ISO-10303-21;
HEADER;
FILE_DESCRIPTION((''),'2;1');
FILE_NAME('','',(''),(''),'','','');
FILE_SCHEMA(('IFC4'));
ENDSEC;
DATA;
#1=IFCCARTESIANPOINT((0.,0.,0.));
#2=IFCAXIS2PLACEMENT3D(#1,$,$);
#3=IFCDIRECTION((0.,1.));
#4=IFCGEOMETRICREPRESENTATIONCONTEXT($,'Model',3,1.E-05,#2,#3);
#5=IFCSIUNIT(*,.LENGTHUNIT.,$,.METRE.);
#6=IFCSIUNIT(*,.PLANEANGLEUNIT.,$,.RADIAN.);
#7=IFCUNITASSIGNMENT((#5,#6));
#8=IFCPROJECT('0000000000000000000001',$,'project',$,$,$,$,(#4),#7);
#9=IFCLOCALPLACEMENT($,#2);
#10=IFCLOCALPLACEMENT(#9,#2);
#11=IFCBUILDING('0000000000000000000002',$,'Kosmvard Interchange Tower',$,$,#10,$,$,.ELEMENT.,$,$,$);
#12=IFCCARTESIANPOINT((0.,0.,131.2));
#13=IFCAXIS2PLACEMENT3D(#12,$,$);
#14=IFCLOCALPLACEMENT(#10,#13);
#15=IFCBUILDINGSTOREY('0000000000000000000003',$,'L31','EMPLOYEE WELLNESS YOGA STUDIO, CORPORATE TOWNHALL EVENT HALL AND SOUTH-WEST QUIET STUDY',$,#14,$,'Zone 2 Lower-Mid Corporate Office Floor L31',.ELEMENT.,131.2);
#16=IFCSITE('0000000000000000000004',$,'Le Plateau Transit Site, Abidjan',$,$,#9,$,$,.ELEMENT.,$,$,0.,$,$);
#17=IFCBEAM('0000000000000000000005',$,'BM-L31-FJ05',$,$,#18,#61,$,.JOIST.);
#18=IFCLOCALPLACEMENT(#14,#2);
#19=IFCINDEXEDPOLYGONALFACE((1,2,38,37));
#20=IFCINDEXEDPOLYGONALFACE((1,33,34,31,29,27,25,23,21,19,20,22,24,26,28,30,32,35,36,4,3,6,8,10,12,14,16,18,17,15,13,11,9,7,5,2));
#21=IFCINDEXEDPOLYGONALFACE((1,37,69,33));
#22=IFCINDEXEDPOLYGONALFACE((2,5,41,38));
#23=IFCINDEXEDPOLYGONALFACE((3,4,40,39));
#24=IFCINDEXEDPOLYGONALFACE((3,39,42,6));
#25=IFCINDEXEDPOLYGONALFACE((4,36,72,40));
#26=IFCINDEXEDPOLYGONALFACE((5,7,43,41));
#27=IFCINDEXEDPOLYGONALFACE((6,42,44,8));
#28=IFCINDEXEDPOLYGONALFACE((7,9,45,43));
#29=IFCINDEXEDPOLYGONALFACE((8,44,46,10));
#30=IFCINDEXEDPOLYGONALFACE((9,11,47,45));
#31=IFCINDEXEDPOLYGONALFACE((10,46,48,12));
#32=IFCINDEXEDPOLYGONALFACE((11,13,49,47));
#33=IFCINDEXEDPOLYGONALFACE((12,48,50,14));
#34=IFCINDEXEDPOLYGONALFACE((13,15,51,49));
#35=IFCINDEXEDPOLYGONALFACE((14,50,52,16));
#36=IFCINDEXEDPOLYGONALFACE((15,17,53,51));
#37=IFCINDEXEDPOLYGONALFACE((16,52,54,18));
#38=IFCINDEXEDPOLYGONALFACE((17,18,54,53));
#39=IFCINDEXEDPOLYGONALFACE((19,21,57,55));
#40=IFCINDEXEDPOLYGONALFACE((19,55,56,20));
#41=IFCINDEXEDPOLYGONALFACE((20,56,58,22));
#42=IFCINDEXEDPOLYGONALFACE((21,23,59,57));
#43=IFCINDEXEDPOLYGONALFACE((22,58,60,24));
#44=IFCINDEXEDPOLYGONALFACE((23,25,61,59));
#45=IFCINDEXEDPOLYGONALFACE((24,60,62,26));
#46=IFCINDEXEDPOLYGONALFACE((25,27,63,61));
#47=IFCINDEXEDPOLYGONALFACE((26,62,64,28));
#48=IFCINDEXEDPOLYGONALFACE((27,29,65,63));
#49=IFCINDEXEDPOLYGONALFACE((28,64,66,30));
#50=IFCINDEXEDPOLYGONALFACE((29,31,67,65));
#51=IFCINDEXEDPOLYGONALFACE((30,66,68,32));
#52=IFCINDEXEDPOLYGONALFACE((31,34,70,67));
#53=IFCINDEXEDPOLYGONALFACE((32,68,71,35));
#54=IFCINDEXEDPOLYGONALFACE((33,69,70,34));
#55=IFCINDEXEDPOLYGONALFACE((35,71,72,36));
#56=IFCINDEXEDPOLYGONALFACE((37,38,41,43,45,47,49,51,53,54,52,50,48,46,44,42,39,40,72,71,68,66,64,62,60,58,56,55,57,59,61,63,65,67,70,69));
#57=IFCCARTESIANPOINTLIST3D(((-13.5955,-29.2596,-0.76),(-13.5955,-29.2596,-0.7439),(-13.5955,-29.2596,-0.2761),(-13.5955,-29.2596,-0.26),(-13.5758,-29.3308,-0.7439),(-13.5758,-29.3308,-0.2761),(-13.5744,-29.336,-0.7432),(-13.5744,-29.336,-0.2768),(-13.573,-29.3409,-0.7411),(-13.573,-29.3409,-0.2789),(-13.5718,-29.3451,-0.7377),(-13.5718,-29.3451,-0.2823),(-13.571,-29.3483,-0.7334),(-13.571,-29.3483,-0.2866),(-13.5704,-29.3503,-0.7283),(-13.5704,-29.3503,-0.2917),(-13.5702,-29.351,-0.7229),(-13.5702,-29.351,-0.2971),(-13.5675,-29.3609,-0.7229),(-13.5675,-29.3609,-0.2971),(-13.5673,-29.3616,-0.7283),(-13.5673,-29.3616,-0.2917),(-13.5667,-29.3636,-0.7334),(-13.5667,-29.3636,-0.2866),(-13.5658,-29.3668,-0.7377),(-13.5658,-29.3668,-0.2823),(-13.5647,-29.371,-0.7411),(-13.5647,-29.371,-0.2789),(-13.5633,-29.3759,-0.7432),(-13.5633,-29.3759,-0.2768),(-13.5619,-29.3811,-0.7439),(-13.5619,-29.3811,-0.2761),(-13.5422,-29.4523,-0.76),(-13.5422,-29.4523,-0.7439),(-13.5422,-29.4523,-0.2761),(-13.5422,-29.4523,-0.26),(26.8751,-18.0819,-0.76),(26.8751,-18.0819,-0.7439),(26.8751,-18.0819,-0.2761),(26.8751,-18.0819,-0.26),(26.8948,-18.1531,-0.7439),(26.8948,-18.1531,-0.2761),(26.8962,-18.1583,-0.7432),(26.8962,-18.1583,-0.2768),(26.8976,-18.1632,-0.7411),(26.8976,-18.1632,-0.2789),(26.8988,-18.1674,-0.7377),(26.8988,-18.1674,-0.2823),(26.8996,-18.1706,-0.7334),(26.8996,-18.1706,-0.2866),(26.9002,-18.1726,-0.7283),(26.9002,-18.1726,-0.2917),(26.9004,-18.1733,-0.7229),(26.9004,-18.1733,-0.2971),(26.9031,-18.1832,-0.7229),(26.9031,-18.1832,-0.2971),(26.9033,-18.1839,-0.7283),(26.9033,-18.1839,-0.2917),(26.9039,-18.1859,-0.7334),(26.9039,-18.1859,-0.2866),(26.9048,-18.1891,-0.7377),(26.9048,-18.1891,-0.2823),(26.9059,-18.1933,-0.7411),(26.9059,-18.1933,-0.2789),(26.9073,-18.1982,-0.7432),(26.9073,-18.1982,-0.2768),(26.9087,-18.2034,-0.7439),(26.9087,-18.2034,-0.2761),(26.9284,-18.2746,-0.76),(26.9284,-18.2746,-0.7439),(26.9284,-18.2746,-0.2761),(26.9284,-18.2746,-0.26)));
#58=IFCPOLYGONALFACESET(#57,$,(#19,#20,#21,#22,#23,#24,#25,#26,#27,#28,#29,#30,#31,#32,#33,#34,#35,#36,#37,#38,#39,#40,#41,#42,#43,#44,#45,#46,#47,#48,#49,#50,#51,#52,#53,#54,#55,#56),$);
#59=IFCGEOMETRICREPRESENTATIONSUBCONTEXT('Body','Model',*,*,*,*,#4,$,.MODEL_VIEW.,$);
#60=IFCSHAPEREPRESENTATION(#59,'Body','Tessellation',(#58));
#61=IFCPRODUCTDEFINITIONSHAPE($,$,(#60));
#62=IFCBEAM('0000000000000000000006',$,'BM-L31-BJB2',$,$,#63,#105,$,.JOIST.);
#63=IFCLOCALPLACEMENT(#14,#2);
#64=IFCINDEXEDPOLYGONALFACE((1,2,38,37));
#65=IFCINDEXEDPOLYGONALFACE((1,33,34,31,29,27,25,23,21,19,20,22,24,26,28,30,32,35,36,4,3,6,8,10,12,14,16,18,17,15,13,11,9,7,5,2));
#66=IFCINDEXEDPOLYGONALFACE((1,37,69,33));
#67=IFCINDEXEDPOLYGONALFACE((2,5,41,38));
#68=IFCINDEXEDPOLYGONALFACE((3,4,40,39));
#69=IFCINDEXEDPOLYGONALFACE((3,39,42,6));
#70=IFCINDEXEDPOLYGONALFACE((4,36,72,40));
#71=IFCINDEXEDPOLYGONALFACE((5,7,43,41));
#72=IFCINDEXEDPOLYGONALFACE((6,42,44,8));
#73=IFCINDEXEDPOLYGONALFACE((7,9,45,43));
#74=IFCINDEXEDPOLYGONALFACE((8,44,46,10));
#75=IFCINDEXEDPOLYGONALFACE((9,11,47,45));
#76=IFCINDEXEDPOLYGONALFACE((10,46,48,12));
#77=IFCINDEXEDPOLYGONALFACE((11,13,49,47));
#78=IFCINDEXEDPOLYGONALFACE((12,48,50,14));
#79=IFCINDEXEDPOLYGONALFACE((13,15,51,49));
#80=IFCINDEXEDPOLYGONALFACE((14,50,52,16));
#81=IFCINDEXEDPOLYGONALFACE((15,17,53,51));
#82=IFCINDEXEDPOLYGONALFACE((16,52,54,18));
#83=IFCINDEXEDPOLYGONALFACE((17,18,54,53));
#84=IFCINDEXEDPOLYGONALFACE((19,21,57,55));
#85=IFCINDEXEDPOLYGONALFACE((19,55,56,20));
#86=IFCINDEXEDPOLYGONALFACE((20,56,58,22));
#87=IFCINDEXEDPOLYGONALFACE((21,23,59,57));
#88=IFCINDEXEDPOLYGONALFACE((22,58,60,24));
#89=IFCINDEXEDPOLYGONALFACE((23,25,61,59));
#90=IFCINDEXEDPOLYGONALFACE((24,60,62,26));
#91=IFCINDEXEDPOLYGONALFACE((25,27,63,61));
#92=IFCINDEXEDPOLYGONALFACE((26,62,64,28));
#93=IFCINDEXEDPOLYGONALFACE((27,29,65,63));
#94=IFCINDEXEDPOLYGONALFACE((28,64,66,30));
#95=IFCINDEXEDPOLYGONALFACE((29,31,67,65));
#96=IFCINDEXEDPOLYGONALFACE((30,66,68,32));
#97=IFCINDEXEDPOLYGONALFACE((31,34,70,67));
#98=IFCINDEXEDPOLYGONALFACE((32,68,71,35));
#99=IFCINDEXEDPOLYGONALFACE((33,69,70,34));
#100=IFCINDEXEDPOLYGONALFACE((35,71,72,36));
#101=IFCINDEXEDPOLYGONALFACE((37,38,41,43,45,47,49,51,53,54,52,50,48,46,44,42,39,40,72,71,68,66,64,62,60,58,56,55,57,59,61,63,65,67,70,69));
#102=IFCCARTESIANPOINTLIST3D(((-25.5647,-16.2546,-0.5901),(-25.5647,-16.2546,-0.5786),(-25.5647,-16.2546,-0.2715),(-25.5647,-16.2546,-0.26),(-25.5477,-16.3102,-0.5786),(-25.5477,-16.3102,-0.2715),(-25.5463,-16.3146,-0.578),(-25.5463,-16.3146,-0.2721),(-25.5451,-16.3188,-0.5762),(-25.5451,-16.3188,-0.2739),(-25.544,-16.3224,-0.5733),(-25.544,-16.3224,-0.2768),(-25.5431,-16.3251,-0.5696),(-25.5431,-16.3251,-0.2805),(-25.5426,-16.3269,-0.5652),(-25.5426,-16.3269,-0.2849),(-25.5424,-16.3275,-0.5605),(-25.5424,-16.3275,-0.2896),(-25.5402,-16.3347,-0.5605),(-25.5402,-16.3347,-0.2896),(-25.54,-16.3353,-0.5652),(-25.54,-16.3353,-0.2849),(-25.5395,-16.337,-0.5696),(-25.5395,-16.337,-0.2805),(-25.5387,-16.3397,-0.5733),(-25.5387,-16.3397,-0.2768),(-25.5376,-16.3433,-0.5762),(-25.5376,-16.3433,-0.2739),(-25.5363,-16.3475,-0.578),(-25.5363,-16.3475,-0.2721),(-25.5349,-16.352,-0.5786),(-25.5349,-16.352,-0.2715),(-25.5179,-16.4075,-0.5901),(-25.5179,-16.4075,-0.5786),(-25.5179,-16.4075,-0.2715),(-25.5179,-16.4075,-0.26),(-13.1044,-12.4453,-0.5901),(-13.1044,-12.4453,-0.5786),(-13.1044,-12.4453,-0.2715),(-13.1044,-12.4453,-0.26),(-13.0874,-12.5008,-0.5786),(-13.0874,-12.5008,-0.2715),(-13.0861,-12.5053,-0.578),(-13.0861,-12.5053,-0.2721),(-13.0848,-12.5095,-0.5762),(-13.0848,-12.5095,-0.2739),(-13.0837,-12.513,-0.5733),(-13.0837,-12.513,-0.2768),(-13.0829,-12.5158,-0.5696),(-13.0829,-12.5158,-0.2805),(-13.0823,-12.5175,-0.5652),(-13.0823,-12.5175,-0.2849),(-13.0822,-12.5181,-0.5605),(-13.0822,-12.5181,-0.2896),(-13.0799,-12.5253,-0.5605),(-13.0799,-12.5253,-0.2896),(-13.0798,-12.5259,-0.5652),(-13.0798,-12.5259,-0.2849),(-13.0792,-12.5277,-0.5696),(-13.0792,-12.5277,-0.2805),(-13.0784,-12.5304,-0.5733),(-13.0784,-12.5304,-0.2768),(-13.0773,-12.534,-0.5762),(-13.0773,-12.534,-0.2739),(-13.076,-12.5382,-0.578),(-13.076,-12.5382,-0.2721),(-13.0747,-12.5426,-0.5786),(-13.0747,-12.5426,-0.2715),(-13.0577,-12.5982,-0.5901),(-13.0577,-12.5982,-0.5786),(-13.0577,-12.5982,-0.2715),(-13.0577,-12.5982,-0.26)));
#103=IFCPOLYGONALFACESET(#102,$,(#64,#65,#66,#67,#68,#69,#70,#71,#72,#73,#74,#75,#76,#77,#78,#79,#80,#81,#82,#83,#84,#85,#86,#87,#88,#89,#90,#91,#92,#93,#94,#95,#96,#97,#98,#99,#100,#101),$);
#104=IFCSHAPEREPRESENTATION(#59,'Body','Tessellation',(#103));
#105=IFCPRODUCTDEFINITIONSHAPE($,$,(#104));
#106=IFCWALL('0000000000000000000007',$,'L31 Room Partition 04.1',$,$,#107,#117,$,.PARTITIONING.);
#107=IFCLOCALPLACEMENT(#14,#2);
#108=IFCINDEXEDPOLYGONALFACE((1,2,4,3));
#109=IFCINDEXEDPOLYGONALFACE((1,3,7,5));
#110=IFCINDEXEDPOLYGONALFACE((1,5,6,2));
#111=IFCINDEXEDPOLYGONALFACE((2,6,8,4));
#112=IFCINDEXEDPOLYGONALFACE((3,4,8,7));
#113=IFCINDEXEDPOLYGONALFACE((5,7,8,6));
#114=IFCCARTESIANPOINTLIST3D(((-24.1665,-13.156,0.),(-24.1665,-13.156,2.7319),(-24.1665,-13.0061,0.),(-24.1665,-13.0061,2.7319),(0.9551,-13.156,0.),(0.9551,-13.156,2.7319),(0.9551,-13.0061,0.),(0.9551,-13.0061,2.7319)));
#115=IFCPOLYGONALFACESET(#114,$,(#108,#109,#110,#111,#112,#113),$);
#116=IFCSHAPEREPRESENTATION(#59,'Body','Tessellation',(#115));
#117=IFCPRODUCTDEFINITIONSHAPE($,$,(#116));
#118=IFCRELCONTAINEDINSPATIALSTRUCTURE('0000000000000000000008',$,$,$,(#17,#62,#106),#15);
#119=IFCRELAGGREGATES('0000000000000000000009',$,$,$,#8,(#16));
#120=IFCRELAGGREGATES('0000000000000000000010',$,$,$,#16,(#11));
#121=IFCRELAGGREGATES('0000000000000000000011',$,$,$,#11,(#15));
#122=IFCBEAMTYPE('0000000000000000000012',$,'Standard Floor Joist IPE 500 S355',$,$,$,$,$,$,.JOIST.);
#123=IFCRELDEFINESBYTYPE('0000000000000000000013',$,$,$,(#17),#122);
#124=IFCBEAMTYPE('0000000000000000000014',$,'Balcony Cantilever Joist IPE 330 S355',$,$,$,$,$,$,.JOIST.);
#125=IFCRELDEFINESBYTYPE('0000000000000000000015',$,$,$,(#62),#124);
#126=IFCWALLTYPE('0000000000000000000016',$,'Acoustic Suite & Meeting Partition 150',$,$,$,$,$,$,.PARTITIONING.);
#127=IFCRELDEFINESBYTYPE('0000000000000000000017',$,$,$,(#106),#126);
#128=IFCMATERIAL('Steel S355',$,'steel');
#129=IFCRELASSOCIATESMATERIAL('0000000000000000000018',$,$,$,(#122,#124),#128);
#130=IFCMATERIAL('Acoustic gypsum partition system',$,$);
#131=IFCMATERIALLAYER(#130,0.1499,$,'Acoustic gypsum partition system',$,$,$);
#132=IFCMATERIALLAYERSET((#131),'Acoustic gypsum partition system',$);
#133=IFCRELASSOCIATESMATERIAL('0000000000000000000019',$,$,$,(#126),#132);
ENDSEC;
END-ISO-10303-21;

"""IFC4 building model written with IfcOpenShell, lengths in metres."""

from ifc_helpers import new_model, si_unit, direction, frame, frame_2d, origin, origin_2d, place, context, subcontext, project, spatial, rectangle, i_section, extrude, source, transform, mapped, material, layer, layer_set, material_profile, profile_set, type_object, element, save


model = new_model("IFC4")

# Units and contexts
model_context = context("Model", 3, precision=1e-05, world=origin(), true_north=direction((0.0, 1.0)))
body_context = subcontext(model_context, "Body", "Model", "MODEL_VIEW")
ifc_project = project(units=[si_unit("LENGTHUNIT", "METRE"), si_unit("PLANEANGLEUNIT", "RADIAN")], contexts=[model_context])

# Site, building, storey
site_placement = place(None, origin())
site = spatial("IfcSite", under=ifc_project, at=site_placement, Name="Le Plateau Transit Site, Abidjan", CompositionType="ELEMENT", RefElevation=0.0)
building_placement = place(site_placement, origin())
building = spatial("IfcBuilding", under=site, at=building_placement, Name="Kosmvard Interchange Tower", CompositionType="ELEMENT")
storey_placement = place(building_placement, frame((0.0, 0.0, 131.2)))
storey = spatial("IfcBuildingStorey", under=building, at=storey_placement, Name="L31", Description="EMPLOYEE WELLNESS YOGA STUDIO, CORPORATE TOWNHALL EVENT HALL AND SOUTH-WEST QUIET STUDY", LongName="Zone 2 Lower-Mid Corporate Office Floor L31", CompositionType="ELEMENT", Elevation=131.2)

# Beams
ifc_material_1 = material(Name="Steel S355", Category="steel")
ifc_material_profile_1 = material_profile(ifc_material_1, i_section(OverallWidth=0.2, OverallDepth=0.5, WebThickness=0.0103, FlangeThickness=0.0161, FilletRadius=0.021, at=origin_2d()), Name="IPE 500")
ifc_profile_set_1 = profile_set([ifc_material_profile_1], Name="Steel S355")
beam_type_1 = type_object("IfcBeamType", Name="Standard Floor Joist IPE 500 S355", PredefinedType="JOIST", material=ifc_profile_set_1)
shared_shape_1 = source(origin(), body_context, "Body", "SweptSolid", [
    extrude(i_section(OverallWidth=0.2, OverallDepth=0.5, WebThickness=0.0103, FlangeThickness=0.0161, FilletRadius=0.021, at=origin_2d()), origin(), (0.0, 0.0, 1.0), 41.9858),
])
beam_1_placement = place(storey_placement, frame((-13.5688, -29.356, -0.51), z_axis=(0.963911, 0.266226, 0.0), x_axis=(-0.266226, 0.963911, 0.0)))
element("IfcBeam", 1, at=beam_1_placement, inside=storey, type_object=beam_type_1, Name="BM-L31-FJ05", PredefinedType="JOIST", context=body_context, shape_type="MappedRepresentation", body=[
    mapped(shared_shape_1, transform((0.0, 0.0, 0.0), scale=1.0)),
])
ifc_material_profile_2 = material_profile(ifc_material_1, i_section(OverallWidth=0.1599, OverallDepth=0.3301, WebThickness=0.0076, FlangeThickness=0.0115, FilletRadius=0.0181, at=origin_2d()), Name="IPE 330")
ifc_profile_set_2 = profile_set([ifc_material_profile_2], Name="Steel S355")
beam_type_2 = type_object("IfcBeamType", Name="Balcony Cantilever Joist IPE 330 S355", PredefinedType="JOIST", material=ifc_profile_set_2)
shared_shape_2 = source(origin(), body_context, "Body", "SweptSolid", [
    extrude(i_section(OverallWidth=0.1599, OverallDepth=0.3301, WebThickness=0.0076, FlangeThickness=0.0115, FilletRadius=0.0181, at=origin_2d()), origin(), (0.0, 0.0, 1.0), 13.0295),
])
beam_2_placement = place(storey_placement, frame((-13.0811, -12.5217, -0.425), z_axis=(-0.956308, -0.292362, 0.0), x_axis=(0.292362, -0.956308, 0.0)))
element("IfcBeam", 2, at=beam_2_placement, inside=storey, type_object=beam_type_2, Name="BM-L31-BJB2", PredefinedType="JOIST", context=body_context, shape_type="MappedRepresentation", body=[
    mapped(shared_shape_2, transform((0.0, 0.0, 0.0), scale=1.0)),
])

# Wall
ifc_material_2 = material(Name="Acoustic gypsum partition system")
ifc_layer_1 = layer(ifc_material_2, 0.1499, Name="Acoustic gypsum partition system")
ifc_layer_set_1 = layer_set([ifc_layer_1], Name="Acoustic gypsum partition system")
wall_type_1 = type_object("IfcWallType", Name="Acoustic Suite & Meeting Partition 150", PredefinedType="PARTITIONING", material=ifc_layer_set_1)
wall_1_placement = place(storey_placement, frame((-24.1665, -13.0811, 0.0), z_axis=(0.0, 0.0, 1.0), x_axis=(1.0, 0.0, 0.0)))
element("IfcWall", 3, at=wall_1_placement, inside=storey, type_object=wall_type_1, Name="L31 Room Partition 04.1", PredefinedType="PARTITIONING", context=body_context, shape_type="SweptSolid", body=[
    extrude(rectangle(XDim=25.1216, YDim=0.1499, at=frame_2d((12.5608, 0.0))), origin(), (0.0, 0.0, 1.0), 2.7319),
])

save(model, "model.ifc")
